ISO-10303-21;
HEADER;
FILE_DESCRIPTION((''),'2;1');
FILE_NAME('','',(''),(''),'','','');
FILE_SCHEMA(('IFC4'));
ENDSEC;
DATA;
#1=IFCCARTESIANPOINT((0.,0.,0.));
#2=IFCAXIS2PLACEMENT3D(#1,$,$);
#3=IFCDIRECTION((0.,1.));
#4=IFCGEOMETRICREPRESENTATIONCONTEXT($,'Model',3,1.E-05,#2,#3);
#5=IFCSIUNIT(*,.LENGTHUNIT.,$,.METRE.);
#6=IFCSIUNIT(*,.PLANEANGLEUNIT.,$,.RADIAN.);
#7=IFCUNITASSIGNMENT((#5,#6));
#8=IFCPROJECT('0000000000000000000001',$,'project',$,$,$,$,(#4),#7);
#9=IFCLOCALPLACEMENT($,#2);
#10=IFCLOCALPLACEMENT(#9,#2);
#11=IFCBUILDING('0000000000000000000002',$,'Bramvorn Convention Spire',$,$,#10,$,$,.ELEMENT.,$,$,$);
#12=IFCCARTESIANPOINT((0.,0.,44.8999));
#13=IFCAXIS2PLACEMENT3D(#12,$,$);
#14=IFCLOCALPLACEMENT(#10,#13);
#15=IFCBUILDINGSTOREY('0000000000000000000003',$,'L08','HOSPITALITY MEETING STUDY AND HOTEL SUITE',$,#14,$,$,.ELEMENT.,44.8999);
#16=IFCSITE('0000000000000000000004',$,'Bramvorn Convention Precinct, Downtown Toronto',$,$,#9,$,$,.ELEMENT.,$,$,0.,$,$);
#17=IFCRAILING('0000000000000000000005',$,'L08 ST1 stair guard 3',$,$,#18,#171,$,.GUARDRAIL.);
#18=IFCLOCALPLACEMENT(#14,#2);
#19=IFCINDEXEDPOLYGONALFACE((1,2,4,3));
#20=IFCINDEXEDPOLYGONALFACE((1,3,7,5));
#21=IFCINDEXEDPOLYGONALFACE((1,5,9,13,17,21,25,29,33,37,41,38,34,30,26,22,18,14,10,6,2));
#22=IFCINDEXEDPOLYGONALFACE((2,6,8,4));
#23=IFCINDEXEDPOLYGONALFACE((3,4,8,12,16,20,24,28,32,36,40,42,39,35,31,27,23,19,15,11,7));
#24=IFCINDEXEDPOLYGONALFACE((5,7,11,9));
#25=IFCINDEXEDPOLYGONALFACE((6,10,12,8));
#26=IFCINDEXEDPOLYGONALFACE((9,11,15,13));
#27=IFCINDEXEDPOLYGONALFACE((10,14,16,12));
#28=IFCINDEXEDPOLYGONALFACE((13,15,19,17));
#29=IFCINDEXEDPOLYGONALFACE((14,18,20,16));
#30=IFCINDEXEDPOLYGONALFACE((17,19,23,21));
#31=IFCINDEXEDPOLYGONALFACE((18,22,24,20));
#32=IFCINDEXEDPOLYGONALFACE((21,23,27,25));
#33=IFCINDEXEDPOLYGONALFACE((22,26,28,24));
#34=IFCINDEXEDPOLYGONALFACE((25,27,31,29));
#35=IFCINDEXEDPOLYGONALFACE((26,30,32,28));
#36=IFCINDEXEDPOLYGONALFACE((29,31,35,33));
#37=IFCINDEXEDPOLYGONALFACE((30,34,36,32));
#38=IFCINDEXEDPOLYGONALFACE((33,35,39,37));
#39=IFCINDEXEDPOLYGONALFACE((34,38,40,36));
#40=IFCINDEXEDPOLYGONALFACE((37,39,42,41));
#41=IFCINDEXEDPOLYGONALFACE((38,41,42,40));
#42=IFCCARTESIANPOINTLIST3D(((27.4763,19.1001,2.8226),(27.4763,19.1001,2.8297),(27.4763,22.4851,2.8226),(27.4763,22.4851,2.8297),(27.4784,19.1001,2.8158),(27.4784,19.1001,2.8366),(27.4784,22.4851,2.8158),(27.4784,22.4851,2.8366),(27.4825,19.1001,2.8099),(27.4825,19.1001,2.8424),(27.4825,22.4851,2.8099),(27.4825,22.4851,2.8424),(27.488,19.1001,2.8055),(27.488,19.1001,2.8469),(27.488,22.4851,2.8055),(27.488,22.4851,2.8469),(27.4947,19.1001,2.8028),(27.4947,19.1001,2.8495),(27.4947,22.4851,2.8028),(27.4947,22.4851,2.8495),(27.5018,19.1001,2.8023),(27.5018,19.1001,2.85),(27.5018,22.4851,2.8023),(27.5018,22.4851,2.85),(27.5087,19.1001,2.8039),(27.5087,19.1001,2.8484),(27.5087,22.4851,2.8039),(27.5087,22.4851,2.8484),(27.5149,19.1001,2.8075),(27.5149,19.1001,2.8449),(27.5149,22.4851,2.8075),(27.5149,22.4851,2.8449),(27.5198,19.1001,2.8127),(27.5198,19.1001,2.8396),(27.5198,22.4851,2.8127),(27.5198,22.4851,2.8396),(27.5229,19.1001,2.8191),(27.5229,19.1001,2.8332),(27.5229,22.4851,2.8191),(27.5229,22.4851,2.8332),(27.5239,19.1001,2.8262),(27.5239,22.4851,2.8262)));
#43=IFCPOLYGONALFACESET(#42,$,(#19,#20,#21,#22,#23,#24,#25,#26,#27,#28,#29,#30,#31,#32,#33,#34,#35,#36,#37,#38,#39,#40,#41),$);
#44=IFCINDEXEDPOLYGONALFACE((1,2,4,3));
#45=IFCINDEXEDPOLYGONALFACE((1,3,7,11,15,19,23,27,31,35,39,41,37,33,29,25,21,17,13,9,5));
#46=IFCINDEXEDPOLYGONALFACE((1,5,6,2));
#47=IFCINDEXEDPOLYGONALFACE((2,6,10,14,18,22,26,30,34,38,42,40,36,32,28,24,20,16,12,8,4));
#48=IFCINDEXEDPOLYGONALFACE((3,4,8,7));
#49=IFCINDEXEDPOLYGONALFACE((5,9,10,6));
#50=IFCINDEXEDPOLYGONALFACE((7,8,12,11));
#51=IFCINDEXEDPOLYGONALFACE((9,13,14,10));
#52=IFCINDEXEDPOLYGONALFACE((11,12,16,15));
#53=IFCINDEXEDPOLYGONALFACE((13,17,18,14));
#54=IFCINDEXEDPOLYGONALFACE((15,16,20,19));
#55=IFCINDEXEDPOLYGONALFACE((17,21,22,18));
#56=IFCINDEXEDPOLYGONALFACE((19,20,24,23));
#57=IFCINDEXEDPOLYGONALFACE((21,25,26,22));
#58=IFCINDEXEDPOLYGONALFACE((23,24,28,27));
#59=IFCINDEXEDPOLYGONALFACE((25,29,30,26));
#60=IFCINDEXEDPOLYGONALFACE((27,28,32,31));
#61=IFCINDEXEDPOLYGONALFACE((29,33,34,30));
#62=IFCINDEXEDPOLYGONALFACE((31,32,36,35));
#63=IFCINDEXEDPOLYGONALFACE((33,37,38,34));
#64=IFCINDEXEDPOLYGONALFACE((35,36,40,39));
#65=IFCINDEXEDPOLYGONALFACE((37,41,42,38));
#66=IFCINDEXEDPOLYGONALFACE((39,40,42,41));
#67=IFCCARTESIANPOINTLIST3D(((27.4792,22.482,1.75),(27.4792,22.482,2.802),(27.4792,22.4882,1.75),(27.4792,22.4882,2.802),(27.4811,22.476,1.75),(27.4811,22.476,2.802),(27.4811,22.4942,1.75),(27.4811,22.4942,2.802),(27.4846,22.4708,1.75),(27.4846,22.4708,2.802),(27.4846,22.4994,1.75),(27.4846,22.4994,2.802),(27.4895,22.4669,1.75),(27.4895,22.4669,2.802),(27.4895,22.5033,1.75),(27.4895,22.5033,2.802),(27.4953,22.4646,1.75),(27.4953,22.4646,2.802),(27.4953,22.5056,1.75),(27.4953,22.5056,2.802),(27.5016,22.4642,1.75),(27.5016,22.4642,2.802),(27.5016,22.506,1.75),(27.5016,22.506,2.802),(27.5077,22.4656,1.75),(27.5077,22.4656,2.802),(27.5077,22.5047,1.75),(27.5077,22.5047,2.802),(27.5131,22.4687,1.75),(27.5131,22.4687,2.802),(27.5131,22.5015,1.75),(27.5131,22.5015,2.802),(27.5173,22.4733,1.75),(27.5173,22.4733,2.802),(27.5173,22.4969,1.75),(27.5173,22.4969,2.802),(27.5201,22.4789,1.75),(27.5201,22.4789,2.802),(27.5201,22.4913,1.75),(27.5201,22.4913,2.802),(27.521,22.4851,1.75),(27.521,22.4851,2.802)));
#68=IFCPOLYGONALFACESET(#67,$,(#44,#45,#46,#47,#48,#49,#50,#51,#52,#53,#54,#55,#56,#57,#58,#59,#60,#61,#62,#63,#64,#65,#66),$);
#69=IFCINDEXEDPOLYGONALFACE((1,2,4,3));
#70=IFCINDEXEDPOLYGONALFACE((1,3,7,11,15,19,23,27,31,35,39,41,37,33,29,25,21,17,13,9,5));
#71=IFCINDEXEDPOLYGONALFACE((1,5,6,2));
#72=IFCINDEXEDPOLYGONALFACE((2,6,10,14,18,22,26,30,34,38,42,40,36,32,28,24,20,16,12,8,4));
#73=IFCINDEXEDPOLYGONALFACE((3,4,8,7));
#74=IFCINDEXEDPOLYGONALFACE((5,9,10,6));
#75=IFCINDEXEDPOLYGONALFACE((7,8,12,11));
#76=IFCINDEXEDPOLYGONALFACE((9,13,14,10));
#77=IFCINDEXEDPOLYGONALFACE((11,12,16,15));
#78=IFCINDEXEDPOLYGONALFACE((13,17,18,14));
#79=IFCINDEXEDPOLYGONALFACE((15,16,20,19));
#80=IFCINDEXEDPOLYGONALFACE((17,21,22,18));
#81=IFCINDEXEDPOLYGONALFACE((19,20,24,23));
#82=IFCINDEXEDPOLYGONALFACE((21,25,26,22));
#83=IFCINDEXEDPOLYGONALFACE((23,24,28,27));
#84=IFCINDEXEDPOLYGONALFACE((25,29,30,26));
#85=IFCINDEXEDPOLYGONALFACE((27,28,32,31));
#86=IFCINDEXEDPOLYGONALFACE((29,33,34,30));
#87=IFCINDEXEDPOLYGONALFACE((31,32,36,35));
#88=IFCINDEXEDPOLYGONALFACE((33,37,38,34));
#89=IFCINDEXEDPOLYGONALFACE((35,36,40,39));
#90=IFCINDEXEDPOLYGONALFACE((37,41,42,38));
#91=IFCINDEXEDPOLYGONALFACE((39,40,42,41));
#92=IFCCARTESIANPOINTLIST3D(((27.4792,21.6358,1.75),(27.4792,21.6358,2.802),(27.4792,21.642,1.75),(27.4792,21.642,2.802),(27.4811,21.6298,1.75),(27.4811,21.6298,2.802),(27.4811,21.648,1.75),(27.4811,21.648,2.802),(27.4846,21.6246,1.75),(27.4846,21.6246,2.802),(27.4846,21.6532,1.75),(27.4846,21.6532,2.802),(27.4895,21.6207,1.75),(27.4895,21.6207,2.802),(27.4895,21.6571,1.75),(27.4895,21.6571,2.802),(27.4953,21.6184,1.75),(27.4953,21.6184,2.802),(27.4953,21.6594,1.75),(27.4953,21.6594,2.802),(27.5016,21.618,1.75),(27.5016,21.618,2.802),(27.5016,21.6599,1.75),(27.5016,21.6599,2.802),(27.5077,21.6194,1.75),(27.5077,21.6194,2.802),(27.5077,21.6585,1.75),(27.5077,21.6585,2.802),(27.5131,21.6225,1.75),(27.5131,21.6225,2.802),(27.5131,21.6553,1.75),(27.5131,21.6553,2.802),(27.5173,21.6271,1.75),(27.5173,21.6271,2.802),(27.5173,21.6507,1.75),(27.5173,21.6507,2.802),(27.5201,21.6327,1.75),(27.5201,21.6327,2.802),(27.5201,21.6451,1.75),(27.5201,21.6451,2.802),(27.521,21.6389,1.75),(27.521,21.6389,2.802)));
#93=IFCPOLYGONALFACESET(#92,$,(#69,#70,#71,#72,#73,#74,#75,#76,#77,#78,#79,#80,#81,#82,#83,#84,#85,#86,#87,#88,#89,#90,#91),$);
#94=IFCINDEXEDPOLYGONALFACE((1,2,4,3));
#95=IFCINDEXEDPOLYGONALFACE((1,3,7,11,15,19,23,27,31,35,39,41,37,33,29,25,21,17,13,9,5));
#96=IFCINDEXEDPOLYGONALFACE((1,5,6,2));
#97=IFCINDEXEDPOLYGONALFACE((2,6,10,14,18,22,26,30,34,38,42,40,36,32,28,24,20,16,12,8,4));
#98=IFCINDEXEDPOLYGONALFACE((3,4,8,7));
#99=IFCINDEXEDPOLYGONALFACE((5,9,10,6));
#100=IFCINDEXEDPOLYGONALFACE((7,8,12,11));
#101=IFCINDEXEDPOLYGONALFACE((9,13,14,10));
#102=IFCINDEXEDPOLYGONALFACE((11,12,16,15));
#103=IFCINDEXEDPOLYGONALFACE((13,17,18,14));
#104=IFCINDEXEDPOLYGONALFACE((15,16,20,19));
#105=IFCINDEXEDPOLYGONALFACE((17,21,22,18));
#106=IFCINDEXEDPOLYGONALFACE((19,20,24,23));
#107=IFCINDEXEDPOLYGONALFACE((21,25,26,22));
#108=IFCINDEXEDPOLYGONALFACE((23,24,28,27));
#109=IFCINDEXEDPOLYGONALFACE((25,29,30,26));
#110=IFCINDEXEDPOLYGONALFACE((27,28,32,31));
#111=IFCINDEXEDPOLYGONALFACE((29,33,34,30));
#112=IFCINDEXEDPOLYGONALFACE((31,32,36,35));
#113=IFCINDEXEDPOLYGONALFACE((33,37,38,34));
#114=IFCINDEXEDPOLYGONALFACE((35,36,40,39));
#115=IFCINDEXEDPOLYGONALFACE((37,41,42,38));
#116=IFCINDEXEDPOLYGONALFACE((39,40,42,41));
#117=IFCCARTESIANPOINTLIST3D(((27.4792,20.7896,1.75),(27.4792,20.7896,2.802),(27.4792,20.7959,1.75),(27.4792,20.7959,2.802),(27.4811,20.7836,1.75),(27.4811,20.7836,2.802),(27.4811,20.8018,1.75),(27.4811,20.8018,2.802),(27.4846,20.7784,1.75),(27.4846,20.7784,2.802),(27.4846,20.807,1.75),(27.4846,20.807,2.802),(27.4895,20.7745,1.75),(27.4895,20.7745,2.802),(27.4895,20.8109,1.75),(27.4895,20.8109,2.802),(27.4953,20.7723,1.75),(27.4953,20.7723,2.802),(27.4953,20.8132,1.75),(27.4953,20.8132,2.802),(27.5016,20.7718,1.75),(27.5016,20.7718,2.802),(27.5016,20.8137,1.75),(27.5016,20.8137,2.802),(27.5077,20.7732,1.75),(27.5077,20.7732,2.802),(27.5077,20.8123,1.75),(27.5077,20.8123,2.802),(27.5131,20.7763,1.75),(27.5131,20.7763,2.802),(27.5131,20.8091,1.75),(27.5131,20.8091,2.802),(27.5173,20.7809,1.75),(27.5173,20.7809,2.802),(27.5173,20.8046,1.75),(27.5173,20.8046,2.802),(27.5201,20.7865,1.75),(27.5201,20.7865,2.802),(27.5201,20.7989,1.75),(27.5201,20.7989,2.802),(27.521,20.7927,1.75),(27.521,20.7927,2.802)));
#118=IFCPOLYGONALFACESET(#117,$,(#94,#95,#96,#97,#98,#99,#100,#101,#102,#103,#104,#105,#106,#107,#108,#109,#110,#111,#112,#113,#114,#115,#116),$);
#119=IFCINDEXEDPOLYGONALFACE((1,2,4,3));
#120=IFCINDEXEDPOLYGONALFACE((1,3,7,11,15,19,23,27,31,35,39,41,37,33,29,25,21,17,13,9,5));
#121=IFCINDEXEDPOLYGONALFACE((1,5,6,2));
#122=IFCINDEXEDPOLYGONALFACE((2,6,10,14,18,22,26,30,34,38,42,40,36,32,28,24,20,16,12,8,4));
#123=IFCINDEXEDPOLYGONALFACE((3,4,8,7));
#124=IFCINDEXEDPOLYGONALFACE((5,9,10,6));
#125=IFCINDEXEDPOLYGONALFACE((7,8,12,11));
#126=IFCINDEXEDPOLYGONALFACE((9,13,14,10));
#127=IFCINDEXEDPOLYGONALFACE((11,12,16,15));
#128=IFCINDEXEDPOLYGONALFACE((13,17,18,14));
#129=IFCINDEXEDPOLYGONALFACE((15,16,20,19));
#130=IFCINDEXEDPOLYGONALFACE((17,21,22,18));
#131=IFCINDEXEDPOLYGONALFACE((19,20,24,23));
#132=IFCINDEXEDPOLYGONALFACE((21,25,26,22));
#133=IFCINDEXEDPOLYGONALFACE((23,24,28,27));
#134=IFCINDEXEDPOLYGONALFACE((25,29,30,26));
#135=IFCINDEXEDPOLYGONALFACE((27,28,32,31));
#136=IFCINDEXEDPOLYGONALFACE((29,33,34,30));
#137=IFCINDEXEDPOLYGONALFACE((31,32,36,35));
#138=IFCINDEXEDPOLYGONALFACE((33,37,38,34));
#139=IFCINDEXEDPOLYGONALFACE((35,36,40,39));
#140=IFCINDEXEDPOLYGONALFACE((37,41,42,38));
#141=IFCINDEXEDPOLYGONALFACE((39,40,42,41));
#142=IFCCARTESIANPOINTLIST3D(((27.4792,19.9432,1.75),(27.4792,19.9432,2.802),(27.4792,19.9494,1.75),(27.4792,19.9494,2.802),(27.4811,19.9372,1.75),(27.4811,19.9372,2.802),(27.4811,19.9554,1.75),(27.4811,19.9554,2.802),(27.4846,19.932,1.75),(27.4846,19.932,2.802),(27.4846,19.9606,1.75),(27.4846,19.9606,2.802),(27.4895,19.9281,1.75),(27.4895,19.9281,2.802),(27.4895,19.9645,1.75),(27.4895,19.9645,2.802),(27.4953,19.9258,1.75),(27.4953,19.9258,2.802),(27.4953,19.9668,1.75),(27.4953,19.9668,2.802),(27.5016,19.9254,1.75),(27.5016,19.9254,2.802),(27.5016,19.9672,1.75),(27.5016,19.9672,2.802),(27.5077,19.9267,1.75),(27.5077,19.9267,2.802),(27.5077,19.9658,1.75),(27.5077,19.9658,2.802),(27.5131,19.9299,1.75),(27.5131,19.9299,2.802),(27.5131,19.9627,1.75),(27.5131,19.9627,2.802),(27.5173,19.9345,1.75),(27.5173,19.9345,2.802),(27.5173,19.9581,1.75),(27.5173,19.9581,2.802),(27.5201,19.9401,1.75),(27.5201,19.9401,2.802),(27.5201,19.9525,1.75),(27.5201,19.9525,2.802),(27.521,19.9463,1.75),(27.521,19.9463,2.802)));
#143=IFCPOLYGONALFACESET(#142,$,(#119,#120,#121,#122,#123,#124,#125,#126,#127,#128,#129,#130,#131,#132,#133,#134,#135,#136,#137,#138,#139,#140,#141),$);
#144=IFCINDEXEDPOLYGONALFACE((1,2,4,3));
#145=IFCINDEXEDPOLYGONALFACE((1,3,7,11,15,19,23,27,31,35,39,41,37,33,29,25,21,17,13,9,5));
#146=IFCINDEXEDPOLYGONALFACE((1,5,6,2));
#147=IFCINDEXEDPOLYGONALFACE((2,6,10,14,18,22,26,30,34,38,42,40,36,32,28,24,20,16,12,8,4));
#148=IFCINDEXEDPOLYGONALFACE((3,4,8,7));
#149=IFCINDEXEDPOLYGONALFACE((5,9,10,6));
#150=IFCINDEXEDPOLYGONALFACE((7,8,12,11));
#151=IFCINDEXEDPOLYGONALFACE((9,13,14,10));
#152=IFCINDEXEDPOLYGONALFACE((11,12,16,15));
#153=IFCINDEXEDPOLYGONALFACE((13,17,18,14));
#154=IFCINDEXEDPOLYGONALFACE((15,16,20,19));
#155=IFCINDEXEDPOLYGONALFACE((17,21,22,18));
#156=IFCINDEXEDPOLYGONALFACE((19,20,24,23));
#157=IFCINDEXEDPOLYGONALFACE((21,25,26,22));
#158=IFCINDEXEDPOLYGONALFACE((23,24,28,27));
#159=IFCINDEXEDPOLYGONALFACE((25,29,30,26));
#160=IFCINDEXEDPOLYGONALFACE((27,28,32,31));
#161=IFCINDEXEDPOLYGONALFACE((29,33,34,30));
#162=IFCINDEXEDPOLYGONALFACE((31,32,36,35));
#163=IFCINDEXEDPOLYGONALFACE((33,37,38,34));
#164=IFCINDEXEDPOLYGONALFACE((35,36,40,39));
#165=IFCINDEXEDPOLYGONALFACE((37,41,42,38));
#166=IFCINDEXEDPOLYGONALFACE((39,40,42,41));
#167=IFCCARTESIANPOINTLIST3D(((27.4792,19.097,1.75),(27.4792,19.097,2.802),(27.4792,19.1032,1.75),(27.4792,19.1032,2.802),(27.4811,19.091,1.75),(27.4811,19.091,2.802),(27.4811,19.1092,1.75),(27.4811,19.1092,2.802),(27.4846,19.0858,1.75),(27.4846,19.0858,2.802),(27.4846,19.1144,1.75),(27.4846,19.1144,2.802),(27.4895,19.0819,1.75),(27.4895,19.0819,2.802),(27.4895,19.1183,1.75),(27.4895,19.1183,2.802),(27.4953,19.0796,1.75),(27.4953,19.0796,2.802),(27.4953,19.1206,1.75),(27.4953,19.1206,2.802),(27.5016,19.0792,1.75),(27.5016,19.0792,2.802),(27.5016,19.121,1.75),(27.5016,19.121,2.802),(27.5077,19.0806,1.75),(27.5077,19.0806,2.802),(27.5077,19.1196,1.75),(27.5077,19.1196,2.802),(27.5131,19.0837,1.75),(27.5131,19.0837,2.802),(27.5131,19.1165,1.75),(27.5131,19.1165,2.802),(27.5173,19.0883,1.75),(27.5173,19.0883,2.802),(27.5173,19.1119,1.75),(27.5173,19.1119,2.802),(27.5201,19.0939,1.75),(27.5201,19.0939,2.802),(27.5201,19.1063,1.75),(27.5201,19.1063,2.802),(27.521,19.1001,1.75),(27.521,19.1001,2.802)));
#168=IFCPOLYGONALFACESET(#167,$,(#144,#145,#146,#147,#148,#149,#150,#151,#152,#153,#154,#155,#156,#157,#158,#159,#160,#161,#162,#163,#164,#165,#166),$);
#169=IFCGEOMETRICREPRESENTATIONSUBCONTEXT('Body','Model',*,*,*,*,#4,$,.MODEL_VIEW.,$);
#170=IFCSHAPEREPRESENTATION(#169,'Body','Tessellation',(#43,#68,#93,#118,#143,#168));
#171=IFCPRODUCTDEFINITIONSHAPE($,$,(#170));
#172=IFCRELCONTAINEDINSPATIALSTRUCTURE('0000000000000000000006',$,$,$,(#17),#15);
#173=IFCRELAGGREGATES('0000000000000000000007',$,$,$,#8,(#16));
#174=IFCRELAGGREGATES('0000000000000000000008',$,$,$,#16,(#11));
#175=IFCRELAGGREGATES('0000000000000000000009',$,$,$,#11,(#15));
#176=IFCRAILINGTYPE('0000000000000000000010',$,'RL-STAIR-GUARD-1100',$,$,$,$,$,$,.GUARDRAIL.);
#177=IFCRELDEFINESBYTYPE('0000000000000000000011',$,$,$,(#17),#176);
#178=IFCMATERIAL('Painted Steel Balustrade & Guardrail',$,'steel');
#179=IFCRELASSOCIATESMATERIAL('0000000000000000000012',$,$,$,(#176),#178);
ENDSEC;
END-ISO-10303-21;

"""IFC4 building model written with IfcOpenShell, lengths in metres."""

from ifc_helpers import new_model, si_unit, direction, frame, origin, origin_2d, place, context, subcontext, project, spatial, circle, extrude, material, type_object, element, save


model = new_model("IFC4")

# Units and contexts
model_context = context("Model", 3, precision=1e-05, world=origin(), true_north=direction((0.0, 1.0)))
body_context = subcontext(model_context, "Body", "Model", "MODEL_VIEW")
ifc_project = project(units=[si_unit("LENGTHUNIT", "METRE"), si_unit("PLANEANGLEUNIT", "RADIAN")], contexts=[model_context])

# Site, building, storey
site_placement = place(None, origin())
site = spatial("IfcSite", under=ifc_project, at=site_placement, Name="Bramvorn Convention Precinct, Downtown Toronto", CompositionType="ELEMENT", RefElevation=0.0)
building_placement = place(site_placement, origin())
building = spatial("IfcBuilding", under=site, at=building_placement, Name="Bramvorn Convention Spire", CompositionType="ELEMENT")
storey_placement = place(building_placement, frame((0.0, 0.0, 44.8999)))
storey = spatial("IfcBuildingStorey", under=building, at=storey_placement, Name="L08", Description="HOSPITALITY MEETING STUDY AND HOTEL SUITE", CompositionType="ELEMENT", Elevation=44.8999)

# Railing
ifc_material_1 = material(Name="Painted Steel Balustrade & Guardrail", Category="steel")
railing_type_1 = type_object("IfcRailingType", Name="RL-STAIR-GUARD-1100", PredefinedType="GUARDRAIL", material=ifc_material_1)
for number, where, name in (
    (1, (27.5, 22.4851, 1.75), "L08 ST1 stair guard 3"),
):
    element("IfcRailing", number, at=place(storey_placement, frame(where)), inside=storey, type_object=railing_type_1, Name=name, PredefinedType="GUARDRAIL", context=body_context, shape_type="SweptSolid", body=[
        extrude(circle(Radius=0.0239, at=origin_2d()), frame((0.0, 0.0, 1.0762), z_axis=(0.0, -1.0, 0.0), x_axis=(1.0, 0.0, 0.0)), (0.0, 0.0, 1.0), 3.385),
        extrude(circle(Radius=0.021, at=origin_2d()), origin(), (0.0, 0.0, 1.0), 1.052),
        extrude(circle(Radius=0.021, at=origin_2d()), frame((0.0, -0.8462, 0.0)), (0.0, 0.0, 1.0), 1.052),
        extrude(circle(Radius=0.021, at=origin_2d()), frame((0.0, -1.6924, 0.0)), (0.0, 0.0, 1.0), 1.052),
        extrude(circle(Radius=0.021, at=origin_2d()), frame((0.0, -2.5388, 0.0)), (0.0, 0.0, 1.0), 1.052),
        extrude(circle(Radius=0.021, at=origin_2d()), frame((0.0, -3.385, 0.0)), (0.0, 0.0, 1.0), 1.052),
    ])

save(model, "model.ifc")
